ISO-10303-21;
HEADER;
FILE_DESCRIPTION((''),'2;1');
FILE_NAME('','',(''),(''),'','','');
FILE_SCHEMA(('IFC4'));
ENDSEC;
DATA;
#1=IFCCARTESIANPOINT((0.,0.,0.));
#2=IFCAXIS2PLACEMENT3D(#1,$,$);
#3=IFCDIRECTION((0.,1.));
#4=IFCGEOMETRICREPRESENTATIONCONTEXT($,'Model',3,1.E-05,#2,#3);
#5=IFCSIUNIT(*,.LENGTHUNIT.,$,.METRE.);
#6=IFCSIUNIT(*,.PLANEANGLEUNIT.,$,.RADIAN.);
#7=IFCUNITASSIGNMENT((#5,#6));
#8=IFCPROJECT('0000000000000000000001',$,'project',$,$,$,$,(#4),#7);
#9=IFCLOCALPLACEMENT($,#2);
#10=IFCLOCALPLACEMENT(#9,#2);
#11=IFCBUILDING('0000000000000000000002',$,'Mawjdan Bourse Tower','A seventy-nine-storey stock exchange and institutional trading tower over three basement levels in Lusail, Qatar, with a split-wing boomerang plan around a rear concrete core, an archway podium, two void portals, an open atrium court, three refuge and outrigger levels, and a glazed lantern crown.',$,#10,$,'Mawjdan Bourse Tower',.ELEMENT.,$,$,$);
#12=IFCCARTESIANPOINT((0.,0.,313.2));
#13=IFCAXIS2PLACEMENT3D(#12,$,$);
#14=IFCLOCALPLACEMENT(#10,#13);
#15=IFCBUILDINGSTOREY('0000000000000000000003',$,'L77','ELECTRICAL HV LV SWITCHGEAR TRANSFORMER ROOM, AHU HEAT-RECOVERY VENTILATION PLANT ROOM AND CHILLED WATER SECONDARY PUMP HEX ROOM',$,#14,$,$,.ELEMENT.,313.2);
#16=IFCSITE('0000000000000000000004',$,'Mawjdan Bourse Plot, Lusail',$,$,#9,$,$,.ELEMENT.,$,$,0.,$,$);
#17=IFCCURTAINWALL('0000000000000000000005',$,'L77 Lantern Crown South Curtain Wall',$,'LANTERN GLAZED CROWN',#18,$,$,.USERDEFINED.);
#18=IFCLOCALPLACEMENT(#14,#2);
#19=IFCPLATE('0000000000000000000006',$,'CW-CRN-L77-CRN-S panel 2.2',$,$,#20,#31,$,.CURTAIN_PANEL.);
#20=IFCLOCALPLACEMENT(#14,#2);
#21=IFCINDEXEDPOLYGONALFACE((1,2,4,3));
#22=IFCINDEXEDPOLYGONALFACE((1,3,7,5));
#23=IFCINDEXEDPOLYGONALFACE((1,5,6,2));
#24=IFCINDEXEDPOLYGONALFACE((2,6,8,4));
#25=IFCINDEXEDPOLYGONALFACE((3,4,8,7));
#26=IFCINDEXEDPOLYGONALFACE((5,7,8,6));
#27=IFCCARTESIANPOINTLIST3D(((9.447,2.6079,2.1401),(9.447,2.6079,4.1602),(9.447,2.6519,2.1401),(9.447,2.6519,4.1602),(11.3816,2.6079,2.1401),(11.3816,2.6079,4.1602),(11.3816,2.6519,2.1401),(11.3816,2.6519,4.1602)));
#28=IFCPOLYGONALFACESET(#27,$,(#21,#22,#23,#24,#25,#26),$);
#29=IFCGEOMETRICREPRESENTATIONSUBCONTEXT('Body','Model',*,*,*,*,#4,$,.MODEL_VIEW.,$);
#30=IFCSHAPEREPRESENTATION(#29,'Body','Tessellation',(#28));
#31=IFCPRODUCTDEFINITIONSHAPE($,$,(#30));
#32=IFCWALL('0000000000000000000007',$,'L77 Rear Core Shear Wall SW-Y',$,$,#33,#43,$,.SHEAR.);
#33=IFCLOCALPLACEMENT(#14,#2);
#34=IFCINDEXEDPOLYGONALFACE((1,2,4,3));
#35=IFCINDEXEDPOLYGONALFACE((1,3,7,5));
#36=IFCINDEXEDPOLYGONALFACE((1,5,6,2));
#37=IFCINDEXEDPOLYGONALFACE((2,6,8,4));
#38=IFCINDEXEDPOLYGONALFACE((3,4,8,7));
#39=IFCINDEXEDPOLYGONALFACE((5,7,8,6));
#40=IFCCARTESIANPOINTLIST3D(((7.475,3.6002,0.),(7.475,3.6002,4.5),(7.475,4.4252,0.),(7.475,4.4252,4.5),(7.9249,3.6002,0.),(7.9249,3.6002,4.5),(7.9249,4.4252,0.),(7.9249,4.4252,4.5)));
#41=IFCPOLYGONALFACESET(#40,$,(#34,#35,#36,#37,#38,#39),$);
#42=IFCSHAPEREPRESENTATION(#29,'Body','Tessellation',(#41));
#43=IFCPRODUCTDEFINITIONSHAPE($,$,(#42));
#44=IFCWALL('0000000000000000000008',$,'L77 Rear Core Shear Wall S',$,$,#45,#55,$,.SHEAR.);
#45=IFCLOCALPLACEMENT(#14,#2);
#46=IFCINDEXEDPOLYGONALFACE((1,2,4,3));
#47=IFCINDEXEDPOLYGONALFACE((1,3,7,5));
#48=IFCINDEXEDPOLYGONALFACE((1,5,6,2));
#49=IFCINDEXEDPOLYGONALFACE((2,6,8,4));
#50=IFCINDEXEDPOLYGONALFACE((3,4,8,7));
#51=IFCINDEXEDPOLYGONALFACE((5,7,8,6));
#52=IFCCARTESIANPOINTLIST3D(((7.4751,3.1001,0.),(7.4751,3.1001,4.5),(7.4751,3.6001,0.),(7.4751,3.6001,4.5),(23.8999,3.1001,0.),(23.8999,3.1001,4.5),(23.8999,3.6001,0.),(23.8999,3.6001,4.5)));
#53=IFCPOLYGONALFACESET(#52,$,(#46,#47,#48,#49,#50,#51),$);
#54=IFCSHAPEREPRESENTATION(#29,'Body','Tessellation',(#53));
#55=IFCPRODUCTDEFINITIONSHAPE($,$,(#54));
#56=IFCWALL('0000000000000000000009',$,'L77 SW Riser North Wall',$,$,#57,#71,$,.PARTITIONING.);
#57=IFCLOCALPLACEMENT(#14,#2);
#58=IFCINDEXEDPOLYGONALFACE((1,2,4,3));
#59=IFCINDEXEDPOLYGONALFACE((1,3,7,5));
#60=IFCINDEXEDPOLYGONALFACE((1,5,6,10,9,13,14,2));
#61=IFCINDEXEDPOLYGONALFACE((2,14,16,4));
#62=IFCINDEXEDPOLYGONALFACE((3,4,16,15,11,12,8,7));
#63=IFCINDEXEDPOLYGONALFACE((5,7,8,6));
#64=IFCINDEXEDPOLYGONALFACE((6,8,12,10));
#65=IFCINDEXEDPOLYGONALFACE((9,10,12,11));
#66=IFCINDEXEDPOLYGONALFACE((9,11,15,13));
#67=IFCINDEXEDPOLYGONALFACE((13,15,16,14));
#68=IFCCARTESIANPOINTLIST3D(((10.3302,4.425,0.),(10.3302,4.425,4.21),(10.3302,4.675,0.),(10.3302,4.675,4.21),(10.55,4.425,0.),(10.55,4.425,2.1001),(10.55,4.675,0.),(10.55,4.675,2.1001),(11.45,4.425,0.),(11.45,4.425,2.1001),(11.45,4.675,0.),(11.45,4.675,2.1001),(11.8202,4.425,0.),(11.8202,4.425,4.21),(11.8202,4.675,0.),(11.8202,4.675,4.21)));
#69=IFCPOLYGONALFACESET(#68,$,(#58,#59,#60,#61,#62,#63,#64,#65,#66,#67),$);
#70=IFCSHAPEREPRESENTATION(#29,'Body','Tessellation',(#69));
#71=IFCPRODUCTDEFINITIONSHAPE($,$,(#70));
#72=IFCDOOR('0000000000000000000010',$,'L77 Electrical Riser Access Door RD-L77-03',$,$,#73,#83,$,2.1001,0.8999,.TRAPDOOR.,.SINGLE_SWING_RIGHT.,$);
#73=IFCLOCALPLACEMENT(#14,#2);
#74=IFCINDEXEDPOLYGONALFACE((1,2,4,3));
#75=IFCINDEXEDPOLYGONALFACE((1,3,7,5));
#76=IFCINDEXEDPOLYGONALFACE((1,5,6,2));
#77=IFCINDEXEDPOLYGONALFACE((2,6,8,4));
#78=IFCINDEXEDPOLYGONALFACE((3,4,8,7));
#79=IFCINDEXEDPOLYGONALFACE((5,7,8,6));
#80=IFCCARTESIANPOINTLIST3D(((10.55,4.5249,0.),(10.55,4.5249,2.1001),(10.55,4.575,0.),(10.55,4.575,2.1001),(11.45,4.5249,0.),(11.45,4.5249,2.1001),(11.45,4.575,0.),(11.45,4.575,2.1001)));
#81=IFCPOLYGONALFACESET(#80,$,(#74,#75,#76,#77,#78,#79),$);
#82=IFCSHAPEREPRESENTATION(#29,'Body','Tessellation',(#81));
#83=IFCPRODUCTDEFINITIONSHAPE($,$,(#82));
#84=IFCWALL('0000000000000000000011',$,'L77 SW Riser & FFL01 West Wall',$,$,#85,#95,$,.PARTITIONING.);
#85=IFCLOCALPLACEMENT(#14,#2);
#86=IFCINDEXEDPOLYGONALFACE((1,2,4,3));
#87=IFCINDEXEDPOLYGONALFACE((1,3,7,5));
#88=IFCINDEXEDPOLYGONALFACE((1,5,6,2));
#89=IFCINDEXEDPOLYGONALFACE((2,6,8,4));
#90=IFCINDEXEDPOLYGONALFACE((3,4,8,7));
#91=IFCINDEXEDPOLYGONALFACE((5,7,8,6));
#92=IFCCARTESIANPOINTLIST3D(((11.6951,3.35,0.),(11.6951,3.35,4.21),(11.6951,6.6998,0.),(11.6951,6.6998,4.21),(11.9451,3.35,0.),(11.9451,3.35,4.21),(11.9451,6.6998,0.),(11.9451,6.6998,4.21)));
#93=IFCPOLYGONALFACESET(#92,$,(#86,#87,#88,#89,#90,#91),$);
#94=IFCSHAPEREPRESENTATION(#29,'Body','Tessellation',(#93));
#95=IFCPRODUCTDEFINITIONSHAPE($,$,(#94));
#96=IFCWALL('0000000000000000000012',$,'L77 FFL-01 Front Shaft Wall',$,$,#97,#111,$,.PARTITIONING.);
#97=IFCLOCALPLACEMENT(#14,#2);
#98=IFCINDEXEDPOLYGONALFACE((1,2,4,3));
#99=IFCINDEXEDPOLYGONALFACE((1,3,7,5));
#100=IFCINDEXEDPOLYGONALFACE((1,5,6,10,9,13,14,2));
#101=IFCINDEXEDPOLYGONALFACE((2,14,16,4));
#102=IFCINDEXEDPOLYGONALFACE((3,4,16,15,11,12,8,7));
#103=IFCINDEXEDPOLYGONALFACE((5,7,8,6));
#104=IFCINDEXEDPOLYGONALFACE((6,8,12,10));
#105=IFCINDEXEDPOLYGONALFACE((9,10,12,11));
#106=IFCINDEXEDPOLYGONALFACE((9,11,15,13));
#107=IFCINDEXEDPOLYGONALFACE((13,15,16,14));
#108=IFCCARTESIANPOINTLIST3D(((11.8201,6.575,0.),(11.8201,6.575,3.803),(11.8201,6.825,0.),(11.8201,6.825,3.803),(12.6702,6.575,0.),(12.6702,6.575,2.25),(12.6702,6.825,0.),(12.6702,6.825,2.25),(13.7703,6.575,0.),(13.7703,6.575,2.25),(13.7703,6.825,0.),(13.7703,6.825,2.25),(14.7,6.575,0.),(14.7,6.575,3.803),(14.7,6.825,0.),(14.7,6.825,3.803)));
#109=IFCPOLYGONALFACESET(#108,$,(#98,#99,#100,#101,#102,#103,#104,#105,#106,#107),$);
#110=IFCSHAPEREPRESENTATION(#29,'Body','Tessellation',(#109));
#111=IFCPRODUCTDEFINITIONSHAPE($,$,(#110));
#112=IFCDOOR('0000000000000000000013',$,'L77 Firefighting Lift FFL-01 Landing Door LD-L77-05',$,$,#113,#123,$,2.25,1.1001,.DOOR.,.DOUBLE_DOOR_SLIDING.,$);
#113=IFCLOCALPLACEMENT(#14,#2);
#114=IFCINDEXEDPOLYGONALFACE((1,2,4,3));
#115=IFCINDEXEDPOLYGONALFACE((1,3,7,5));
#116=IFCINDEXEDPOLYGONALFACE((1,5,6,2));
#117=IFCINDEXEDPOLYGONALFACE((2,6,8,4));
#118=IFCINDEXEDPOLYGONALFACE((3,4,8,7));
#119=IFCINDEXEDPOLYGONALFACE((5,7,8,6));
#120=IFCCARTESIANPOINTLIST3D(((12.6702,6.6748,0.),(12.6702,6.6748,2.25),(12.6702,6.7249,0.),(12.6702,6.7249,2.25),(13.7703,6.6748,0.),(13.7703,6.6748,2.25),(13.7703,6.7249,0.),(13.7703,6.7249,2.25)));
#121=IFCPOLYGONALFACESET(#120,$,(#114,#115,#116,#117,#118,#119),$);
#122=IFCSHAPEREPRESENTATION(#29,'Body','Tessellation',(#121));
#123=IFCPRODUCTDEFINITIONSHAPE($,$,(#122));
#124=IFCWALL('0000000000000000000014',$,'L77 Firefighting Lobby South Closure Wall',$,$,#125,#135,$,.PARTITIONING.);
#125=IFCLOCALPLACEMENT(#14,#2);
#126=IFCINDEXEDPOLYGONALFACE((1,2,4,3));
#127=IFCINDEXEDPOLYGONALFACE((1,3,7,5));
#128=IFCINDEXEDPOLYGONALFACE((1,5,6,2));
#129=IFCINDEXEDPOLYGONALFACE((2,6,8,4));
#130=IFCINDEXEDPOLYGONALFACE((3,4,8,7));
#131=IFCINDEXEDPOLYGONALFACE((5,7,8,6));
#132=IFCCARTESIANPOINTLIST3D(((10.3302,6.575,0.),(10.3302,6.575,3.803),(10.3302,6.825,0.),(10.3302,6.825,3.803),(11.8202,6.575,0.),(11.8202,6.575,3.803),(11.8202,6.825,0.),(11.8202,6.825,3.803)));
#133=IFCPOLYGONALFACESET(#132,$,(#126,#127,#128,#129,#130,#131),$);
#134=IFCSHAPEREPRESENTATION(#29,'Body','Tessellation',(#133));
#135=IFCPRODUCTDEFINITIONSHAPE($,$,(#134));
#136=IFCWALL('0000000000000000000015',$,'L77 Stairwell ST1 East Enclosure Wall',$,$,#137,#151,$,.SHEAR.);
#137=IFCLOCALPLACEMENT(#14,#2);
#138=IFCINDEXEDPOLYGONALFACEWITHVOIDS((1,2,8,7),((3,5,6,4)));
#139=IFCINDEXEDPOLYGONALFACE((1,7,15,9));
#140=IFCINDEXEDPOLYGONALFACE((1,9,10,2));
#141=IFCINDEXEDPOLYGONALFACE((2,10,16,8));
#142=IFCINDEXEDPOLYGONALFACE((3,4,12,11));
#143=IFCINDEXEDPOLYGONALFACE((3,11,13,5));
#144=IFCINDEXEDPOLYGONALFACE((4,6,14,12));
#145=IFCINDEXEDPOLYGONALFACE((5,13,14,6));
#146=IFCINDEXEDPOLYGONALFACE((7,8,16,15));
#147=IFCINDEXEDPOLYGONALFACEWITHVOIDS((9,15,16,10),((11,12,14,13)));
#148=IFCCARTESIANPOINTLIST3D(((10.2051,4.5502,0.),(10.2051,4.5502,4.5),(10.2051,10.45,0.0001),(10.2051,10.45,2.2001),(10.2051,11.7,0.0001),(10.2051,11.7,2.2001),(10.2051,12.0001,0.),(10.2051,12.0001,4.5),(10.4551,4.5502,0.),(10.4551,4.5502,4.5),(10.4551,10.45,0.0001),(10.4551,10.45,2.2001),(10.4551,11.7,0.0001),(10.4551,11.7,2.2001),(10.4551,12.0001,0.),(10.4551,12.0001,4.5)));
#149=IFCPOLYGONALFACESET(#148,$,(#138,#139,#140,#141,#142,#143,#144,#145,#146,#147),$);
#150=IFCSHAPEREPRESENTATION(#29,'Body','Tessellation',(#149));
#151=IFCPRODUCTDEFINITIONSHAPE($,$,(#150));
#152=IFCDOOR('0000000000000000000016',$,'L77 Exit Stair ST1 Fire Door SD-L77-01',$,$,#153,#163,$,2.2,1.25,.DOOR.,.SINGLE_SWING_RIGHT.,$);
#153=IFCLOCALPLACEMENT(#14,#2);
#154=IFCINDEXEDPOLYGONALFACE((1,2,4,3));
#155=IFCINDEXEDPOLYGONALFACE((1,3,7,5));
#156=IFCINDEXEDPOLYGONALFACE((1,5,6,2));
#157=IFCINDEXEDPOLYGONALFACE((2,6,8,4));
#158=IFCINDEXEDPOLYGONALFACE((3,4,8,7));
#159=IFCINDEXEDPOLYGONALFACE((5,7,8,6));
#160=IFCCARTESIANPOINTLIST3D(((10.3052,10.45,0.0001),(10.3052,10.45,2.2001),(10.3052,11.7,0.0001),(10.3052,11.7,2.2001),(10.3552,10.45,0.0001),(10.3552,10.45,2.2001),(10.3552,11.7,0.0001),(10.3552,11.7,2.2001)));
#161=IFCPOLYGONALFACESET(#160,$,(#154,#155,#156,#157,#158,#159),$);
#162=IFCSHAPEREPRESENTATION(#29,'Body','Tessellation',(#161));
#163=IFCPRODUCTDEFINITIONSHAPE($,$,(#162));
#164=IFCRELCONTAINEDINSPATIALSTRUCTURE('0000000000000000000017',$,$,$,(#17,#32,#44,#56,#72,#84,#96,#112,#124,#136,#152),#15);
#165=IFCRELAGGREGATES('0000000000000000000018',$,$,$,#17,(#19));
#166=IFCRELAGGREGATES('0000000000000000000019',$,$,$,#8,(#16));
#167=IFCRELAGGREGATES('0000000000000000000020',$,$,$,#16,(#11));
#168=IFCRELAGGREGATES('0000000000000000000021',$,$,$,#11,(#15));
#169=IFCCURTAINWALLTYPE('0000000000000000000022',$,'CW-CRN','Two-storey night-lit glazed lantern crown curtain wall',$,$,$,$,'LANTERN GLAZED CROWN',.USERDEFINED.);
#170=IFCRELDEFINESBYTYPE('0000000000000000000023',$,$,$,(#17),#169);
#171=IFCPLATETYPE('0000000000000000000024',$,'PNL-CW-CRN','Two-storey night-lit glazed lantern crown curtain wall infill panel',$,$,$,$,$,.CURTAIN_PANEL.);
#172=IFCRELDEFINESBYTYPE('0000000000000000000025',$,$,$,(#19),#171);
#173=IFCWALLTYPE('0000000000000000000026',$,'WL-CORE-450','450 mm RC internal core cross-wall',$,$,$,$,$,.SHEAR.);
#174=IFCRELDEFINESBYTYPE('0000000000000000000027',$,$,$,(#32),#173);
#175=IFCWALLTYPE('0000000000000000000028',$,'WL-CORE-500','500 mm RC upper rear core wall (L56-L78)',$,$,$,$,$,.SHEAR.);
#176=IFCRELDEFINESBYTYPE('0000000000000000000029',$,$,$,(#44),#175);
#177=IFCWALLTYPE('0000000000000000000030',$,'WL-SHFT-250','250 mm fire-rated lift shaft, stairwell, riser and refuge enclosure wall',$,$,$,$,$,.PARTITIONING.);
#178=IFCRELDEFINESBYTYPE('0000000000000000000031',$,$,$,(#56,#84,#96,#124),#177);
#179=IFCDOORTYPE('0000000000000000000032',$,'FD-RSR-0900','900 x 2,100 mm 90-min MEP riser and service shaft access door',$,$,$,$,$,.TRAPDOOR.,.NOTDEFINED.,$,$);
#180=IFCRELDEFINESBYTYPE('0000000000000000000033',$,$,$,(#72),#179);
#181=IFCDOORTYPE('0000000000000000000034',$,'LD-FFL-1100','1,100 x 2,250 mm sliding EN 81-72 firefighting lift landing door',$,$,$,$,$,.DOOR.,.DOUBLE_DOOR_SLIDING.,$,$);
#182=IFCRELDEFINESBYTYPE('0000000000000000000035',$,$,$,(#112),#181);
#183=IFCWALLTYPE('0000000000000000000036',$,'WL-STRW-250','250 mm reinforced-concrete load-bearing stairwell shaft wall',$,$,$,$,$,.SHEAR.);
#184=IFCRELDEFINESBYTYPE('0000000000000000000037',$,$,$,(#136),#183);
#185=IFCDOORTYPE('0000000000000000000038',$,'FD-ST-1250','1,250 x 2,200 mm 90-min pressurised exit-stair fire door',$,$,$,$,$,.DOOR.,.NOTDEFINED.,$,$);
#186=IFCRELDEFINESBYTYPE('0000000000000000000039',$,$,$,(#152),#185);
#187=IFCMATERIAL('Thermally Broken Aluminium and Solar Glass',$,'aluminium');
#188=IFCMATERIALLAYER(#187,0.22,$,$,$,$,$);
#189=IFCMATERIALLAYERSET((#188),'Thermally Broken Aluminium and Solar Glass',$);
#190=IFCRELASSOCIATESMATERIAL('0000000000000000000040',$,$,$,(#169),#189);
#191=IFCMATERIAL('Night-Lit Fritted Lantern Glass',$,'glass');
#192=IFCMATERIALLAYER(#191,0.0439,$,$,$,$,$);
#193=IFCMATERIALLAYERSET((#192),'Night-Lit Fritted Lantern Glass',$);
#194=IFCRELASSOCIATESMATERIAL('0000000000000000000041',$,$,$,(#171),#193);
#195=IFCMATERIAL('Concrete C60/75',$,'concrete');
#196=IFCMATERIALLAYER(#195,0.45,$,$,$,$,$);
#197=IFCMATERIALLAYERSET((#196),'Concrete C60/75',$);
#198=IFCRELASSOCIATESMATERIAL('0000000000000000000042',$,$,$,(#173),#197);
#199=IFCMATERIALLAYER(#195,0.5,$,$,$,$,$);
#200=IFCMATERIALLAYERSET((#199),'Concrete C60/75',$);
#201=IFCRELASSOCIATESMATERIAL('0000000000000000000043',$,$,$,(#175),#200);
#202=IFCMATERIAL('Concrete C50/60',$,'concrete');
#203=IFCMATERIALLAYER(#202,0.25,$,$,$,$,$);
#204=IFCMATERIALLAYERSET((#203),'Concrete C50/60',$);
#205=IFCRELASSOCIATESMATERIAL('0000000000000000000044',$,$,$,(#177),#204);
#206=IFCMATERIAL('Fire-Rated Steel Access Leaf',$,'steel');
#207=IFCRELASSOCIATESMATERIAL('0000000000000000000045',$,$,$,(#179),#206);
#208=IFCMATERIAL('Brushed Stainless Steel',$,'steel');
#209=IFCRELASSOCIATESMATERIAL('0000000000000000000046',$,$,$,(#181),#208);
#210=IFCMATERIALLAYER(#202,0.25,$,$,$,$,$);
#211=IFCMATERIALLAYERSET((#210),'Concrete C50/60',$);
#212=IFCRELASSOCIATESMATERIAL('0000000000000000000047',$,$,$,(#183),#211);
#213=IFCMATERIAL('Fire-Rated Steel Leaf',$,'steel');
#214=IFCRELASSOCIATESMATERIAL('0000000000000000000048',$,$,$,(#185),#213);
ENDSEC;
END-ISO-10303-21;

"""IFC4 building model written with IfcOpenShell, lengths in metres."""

from ifc_helpers import new_model, si_unit, direction, frame, frame_2d, origin, origin_2d, place, context, subcontext, project, spatial, rectangle, extrude, material, layer, layer_set, type_object, element, fill, aggregate, save


model = new_model("IFC4")

# Units and contexts
model_context = context("Model", 3, precision=1e-05, world=origin(), true_north=direction((0.0, 1.0)))
body_context = subcontext(model_context, "Body", "Model", "MODEL_VIEW")
ifc_project = project(units=[si_unit("LENGTHUNIT", "METRE"), si_unit("PLANEANGLEUNIT", "RADIAN")], contexts=[model_context])

# Site, building, storey
site_placement = place(None, origin())
site = spatial("IfcSite", under=ifc_project, at=site_placement, Name="Mawjdan Bourse Plot, Lusail", CompositionType="ELEMENT", RefElevation=0.0)
building_placement = place(site_placement, origin())
building = spatial("IfcBuilding", under=site, at=building_placement, Name="Mawjdan Bourse Tower", Description="A seventy-nine-storey stock exchange and institutional trading tower over three basement levels in Lusail, Qatar, with a split-wing boomerang plan around a rear concrete core, an archway podium, two void portals, an open atrium court, three refuge and outrigger levels, and a glazed lantern crown.", LongName="Mawjdan Bourse Tower", CompositionType="ELEMENT")
storey_placement = place(building_placement, frame((0.0, 0.0, 313.2)))
storey = spatial("IfcBuildingStorey", under=building, at=storey_placement, Name="L77", Description="ELECTRICAL HV LV SWITCHGEAR TRANSFORMER ROOM, AHU HEAT-RECOVERY VENTILATION PLANT ROOM AND CHILLED WATER SECONDARY PUMP HEX ROOM", CompositionType="ELEMENT", Elevation=313.2)

# Curtain wall, plate
ifc_material_1 = material(Name="Thermally Broken Aluminium and Solar Glass", Category="aluminium")
ifc_layer_1 = layer(ifc_material_1, 0.22)
ifc_layer_set_1 = layer_set([ifc_layer_1], Name="Thermally Broken Aluminium and Solar Glass")
curtain_wall_type = type_object("IfcCurtainWallType", Name="CW-CRN", Description="Two-storey night-lit glazed lantern crown curtain wall", ElementType="LANTERN GLAZED CROWN", PredefinedType="USERDEFINED", material=ifc_layer_set_1)
curtain_wall_placement = place(storey_placement, origin())
curtain_wall = element("IfcCurtainWall", 1, at=curtain_wall_placement, inside=storey, type_object=curtain_wall_type, Name="L77 Lantern Crown South Curtain Wall", ObjectType="LANTERN GLAZED CROWN", PredefinedType="USERDEFINED")
ifc_material_2 = material(Name="Night-Lit Fritted Lantern Glass", Category="glass")
ifc_layer_2 = layer(ifc_material_2, 0.0439)
ifc_layer_set_2 = layer_set([ifc_layer_2], Name="Night-Lit Fritted Lantern Glass")
plate_type = type_object("IfcPlateType", Name="PNL-CW-CRN", Description="Two-storey night-lit glazed lantern crown curtain wall infill panel", PredefinedType="CURTAIN_PANEL", material=ifc_layer_set_2)
plate_1_placement = place(storey_placement, frame((10.4143, 2.6299, 2.1401), z_axis=(0.0, 0.0, 1.0), x_axis=(1.0, 0.0, 0.0)))
plate_1 = element("IfcPlate", 2, at=plate_1_placement, type_object=plate_type, Name="CW-CRN-L77-CRN-S panel 2.2", PredefinedType="CURTAIN_PANEL", context=body_context, shape_type="SweptSolid", body=[
    extrude(rectangle(XDim=1.9346, YDim=0.0439, at=origin_2d()), origin(), (0.0, 0.0, 1.0), 2.02),
])
aggregate(curtain_wall, [plate_1])

# Walls
ifc_material_3 = material(Name="Concrete C60/75", Category="concrete")
ifc_layer_3 = layer(ifc_material_3, 0.45)
ifc_layer_set_3 = layer_set([ifc_layer_3], Name="Concrete C60/75")
wall_type_1 = type_object("IfcWallType", Name="WL-CORE-450", Description="450 mm RC internal core cross-wall", PredefinedType="SHEAR", material=ifc_layer_set_3)
wall_1_placement = place(storey_placement, frame((7.7, 3.6001, 0.0), z_axis=(0.0, 0.0, 1.0), x_axis=(0.0, 1.0, 0.0)))
element("IfcWall", 3, at=wall_1_placement, inside=storey, type_object=wall_type_1, Name="L77 Rear Core Shear Wall SW-Y", PredefinedType="SHEAR", context=body_context, shape_type="SweptSolid", body=[
    extrude(rectangle(XDim=0.825, YDim=0.45, at=frame_2d((0.4126, 0.0))), origin(), (0.0, 0.0, 1.0), 4.5),
])
ifc_layer_4 = layer(ifc_material_3, 0.5)
ifc_layer_set_4 = layer_set([ifc_layer_4], Name="Concrete C60/75")
wall_type_2 = type_object("IfcWallType", Name="WL-CORE-500", Description="500 mm RC upper rear core wall (L56-L78)", PredefinedType="SHEAR", material=ifc_layer_set_4)
wall_2_placement = place(storey_placement, frame((7.4751, 3.3501, 0.0), z_axis=(0.0, 0.0, 1.0), x_axis=(1.0, 0.0, 0.0)))
element("IfcWall", 4, at=wall_2_placement, inside=storey, type_object=wall_type_2, Name="L77 Rear Core Shear Wall S", PredefinedType="SHEAR", context=body_context, shape_type="SweptSolid", body=[
    extrude(rectangle(XDim=16.4248, YDim=0.5, at=frame_2d((8.2124, 0.0))), origin(), (0.0, 0.0, 1.0), 4.5),
])

# Wall, opening, door
ifc_material_4 = material(Name="Concrete C50/60", Category="concrete")
ifc_layer_5 = layer(ifc_material_4, 0.25)
ifc_layer_set_5 = layer_set([ifc_layer_5], Name="Concrete C50/60")
wall_type_3 = type_object("IfcWallType", Name="WL-SHFT-250", Description="250 mm fire-rated lift shaft, stairwell, riser and refuge enclosure wall", PredefinedType="PARTITIONING", material=ifc_layer_set_5)
wall_3_placement = place(storey_placement, frame((10.3301, 4.55, 0.0), z_axis=(0.0, 0.0, 1.0), x_axis=(1.0, 0.0, 0.0)))
wall_3 = element("IfcWall", 5, at=wall_3_placement, inside=storey, type_object=wall_type_3, Name="L77 SW Riser North Wall", PredefinedType="PARTITIONING", context=body_context, shape_type="SweptSolid", body=[
    extrude(rectangle(XDim=1.49, YDim=0.25, at=frame_2d((0.7451, 0.0))), origin(), (0.0, 0.0, 1.0), 4.21),
])
opening_1_placement = place(wall_3_placement, frame((0.22, 0.0, 0.0)))
opening_1 = element("IfcOpeningElement", 6, at=opening_1_placement, cuts=wall_3, PredefinedType="OPENING", context=body_context, shape_type="SweptSolid", body=[
    extrude(rectangle(XDim=0.8999, YDim=2.1001, at=frame_2d((0.45, 1.05))), frame((0.0, 0.135, 0.0), z_axis=(0.0, -1.0, 0.0), x_axis=(1.0, 0.0, 0.0)), (0.0, 0.0, 1.0), 0.27),
])
ifc_material_5 = material(Name="Fire-Rated Steel Access Leaf", Category="steel")
door_type_1 = type_object("IfcDoorType", Name="FD-RSR-0900", Description="900 x 2,100 mm 90-min MEP riser and service shaft access door", OperationType="NOTDEFINED", PredefinedType="TRAPDOOR", material=ifc_material_5)
door_1_placement = place(opening_1_placement, origin())
door_1 = element("IfcDoor", 7, at=door_1_placement, inside=storey, type_object=door_type_1, Name="L77 Electrical Riser Access Door RD-L77-03", OperationType="SINGLE_SWING_RIGHT", OverallHeight=2.1001, OverallWidth=0.8999, PredefinedType="TRAPDOOR", context=body_context, shape_type="SweptSolid", body=[
    extrude(rectangle(XDim=0.8999, YDim=2.1001, at=frame_2d((0.45, 1.05))), frame((0.0, 0.0249, 0.0), z_axis=(0.0, -1.0, 0.0), x_axis=(1.0, 0.0, 0.0)), (0.0, 0.0, 1.0), 0.05),
])
fill(opening_1, door_1)

# Wall
wall_4_placement = place(storey_placement, frame((11.8201, 3.3501, 0.0), z_axis=(0.0, 0.0, 1.0), x_axis=(0.0, 1.0, 0.0)))
element("IfcWall", 8, at=wall_4_placement, inside=storey, type_object=wall_type_3, Name="L77 SW Riser & FFL01 West Wall", PredefinedType="PARTITIONING", context=body_context, shape_type="SweptSolid", body=[
    extrude(rectangle(XDim=3.3499, YDim=0.25, at=frame_2d((1.6748, 0.0))), origin(), (0.0, 0.0, 1.0), 4.21),
])

# Wall, opening, door
wall_5_placement = place(storey_placement, frame((11.8201, 6.7, 0.0), z_axis=(0.0, 0.0, 1.0), x_axis=(1.0, 0.0, 0.0)))
wall_5 = element("IfcWall", 9, at=wall_5_placement, inside=storey, type_object=wall_type_3, Name="L77 FFL-01 Front Shaft Wall", PredefinedType="PARTITIONING", context=body_context, shape_type="SweptSolid", body=[
    extrude(rectangle(XDim=2.8799, YDim=0.25, at=frame_2d((1.4399, 0.0))), origin(), (0.0, 0.0, 1.0), 3.803),
])
opening_2_placement = place(wall_5_placement, frame((0.8501, 0.0, 0.0)))
opening_2 = element("IfcOpeningElement", 10, at=opening_2_placement, cuts=wall_5, PredefinedType="OPENING", context=body_context, shape_type="SweptSolid", body=[
    extrude(rectangle(XDim=1.1001, YDim=2.25, at=frame_2d((0.55, 1.125))), frame((0.0, 0.135, 0.0), z_axis=(0.0, -1.0, 0.0), x_axis=(1.0, 0.0, 0.0)), (0.0, 0.0, 1.0), 0.27),
])
ifc_material_6 = material(Name="Brushed Stainless Steel", Category="steel")
door_type_2 = type_object("IfcDoorType", Name="LD-FFL-1100", Description="1,100 x 2,250 mm sliding EN 81-72 firefighting lift landing door", OperationType="DOUBLE_DOOR_SLIDING", PredefinedType="DOOR", material=ifc_material_6)
door_2_placement = place(opening_2_placement, origin())
door_2 = element("IfcDoor", 11, at=door_2_placement, inside=storey, type_object=door_type_2, Name="L77 Firefighting Lift FFL-01 Landing Door LD-L77-05", OperationType="DOUBLE_DOOR_SLIDING", OverallHeight=2.25, OverallWidth=1.1001, PredefinedType="DOOR", context=body_context, shape_type="SweptSolid", body=[
    extrude(rectangle(XDim=1.1001, YDim=2.25, at=frame_2d((0.55, 1.125))), frame((0.0, 0.0249, 0.0), z_axis=(0.0, -1.0, 0.0), x_axis=(1.0, 0.0, 0.0)), (0.0, 0.0, 1.0), 0.05),
])
fill(opening_2, door_2)

# Wall
wall_6_placement = place(storey_placement, frame((10.3301, 6.7, 0.0), z_axis=(0.0, 0.0, 1.0), x_axis=(1.0, 0.0, 0.0)))
element("IfcWall", 12, at=wall_6_placement, inside=storey, type_object=wall_type_3, Name="L77 Firefighting Lobby South Closure Wall", PredefinedType="PARTITIONING", context=body_context, shape_type="SweptSolid", body=[
    extrude(rectangle(XDim=1.49, YDim=0.25, at=frame_2d((0.7451, 0.0))), origin(), (0.0, 0.0, 1.0), 3.803),
])
ifc_layer_6 = layer(ifc_material_4, 0.25)
ifc_layer_set_6 = layer_set([ifc_layer_6], Name="Concrete C50/60")
wall_type_4 = type_object("IfcWallType", Name="WL-STRW-250", Description="250 mm reinforced-concrete load-bearing stairwell shaft wall", PredefinedType="SHEAR", material=ifc_layer_set_6)

# Wall, opening, door
wall_7_placement = place(storey_placement, frame((10.3301, 4.55, 0.0), z_axis=(0.0, 0.0, 1.0), x_axis=(0.0, 1.0, 0.0)))
wall_7 = element("IfcWall", 13, at=wall_7_placement, inside=storey, type_object=wall_type_4, Name="L77 Stairwell ST1 East Enclosure Wall", PredefinedType="SHEAR", context=body_context, shape_type="SweptSolid", body=[
    extrude(rectangle(XDim=7.45, YDim=0.25, at=frame_2d((3.7251, 0.0))), origin(), (0.0, 0.0, 1.0), 4.5),
])
opening_3_placement = place(wall_7_placement, frame((5.8999, 0.0, 0.0)))
opening_3 = element("IfcOpeningElement", 14, at=opening_3_placement, cuts=wall_7, PredefinedType="OPENING", context=body_context, shape_type="SweptSolid", body=[
    extrude(rectangle(XDim=1.25, YDim=2.2, at=frame_2d((0.625, 1.1001))), frame((0.0, 0.135, 0.0), z_axis=(0.0, -1.0, 0.0), x_axis=(1.0, 0.0, 0.0)), (0.0, 0.0, 1.0), 0.27),
])
ifc_material_7 = material(Name="Fire-Rated Steel Leaf", Category="steel")
door_type_3 = type_object("IfcDoorType", Name="FD-ST-1250", Description="1,250 x 2,200 mm 90-min pressurised exit-stair fire door", OperationType="NOTDEFINED", PredefinedType="DOOR", material=ifc_material_7)
door_3_placement = place(opening_3_placement, origin())
door_3 = element("IfcDoor", 15, at=door_3_placement, inside=storey, type_object=door_type_3, Name="L77 Exit Stair ST1 Fire Door SD-L77-01", OperationType="SINGLE_SWING_RIGHT", OverallHeight=2.2, OverallWidth=1.25, PredefinedType="DOOR", context=body_context, shape_type="SweptSolid", body=[
    extrude(rectangle(XDim=1.25, YDim=2.2, at=frame_2d((0.625, 1.1001))), frame((0.0, 0.0249, 0.0), z_axis=(0.0, -1.0, 0.0), x_axis=(1.0, 0.0, 0.0)), (0.0, 0.0, 1.0), 0.05),
])
fill(opening_3, door_3)

save(model, "model.ifc")
